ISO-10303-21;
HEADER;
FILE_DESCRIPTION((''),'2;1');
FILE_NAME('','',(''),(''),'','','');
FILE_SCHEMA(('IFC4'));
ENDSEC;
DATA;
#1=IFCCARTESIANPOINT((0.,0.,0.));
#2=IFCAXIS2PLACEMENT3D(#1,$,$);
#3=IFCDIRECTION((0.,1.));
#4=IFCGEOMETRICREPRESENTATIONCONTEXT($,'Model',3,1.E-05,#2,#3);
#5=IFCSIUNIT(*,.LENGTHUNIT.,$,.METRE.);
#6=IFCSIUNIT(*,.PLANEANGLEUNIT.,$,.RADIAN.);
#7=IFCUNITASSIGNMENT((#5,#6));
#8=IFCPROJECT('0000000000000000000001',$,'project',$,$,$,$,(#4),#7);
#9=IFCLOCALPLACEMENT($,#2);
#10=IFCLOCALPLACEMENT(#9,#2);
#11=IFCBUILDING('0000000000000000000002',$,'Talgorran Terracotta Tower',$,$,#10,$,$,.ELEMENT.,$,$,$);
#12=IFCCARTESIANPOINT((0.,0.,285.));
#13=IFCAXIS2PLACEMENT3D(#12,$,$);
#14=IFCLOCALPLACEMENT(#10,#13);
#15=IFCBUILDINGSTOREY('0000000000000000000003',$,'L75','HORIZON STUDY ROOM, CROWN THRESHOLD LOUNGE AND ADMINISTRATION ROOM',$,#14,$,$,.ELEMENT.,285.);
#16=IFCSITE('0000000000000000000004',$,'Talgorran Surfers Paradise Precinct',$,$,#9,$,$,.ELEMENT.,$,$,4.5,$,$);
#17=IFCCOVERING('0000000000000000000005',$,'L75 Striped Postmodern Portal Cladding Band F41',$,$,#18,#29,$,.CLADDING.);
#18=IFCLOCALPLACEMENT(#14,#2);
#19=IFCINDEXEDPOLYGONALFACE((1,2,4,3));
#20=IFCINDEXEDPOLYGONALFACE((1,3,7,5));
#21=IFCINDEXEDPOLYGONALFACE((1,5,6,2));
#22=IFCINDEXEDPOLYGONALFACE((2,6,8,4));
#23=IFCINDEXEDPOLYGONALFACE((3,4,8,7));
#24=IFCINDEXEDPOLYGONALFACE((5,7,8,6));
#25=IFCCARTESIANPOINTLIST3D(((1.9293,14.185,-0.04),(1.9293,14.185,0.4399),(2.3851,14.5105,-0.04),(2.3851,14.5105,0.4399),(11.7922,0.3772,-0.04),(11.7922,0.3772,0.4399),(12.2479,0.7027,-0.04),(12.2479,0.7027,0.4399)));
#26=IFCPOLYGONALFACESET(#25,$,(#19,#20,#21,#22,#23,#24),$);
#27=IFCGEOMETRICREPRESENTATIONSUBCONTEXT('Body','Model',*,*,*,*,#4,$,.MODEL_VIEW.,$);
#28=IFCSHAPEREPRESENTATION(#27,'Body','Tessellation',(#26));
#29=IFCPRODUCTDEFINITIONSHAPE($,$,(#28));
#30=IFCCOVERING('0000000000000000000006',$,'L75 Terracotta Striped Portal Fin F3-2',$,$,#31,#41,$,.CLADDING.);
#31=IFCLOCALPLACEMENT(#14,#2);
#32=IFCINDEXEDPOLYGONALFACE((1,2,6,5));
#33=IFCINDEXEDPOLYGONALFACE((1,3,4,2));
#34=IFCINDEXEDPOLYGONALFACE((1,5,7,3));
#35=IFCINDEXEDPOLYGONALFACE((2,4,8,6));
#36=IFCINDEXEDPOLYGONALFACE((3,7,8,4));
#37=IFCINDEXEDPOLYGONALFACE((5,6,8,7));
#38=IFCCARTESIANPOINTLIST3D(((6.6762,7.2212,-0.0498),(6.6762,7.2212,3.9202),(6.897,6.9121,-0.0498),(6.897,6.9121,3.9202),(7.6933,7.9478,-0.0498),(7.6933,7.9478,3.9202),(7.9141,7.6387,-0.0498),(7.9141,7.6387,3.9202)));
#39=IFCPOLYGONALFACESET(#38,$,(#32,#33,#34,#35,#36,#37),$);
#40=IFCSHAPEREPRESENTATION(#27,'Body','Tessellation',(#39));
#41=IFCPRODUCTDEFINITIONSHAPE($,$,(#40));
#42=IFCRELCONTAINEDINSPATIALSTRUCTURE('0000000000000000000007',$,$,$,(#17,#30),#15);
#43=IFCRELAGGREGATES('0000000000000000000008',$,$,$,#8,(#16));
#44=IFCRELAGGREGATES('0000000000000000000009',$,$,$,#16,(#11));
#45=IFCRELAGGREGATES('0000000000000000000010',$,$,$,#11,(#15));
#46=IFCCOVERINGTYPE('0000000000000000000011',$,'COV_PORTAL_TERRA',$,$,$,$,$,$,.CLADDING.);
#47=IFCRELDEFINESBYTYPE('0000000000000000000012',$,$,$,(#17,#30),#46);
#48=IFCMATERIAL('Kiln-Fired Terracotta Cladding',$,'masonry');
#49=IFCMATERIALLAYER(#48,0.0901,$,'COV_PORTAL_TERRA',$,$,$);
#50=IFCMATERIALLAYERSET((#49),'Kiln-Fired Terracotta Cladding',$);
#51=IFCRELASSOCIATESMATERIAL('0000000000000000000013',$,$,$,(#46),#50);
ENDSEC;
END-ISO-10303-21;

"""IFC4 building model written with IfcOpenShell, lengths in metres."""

from ifc_helpers import new_model, si_unit, direction, frame, origin, origin_2d, place, context, subcontext, project, spatial, rectangle, extrude, material, layer, layer_set, type_object, element, save


model = new_model("IFC4")

# Units and contexts
model_context = context("Model", 3, precision=1e-05, world=origin(), true_north=direction((0.0, 1.0)))
body_context = subcontext(model_context, "Body", "Model", "MODEL_VIEW")
ifc_project = project(units=[si_unit("LENGTHUNIT", "METRE"), si_unit("PLANEANGLEUNIT", "RADIAN")], contexts=[model_context])

# Site, building, storey
site_placement = place(None, origin())
site = spatial("IfcSite", under=ifc_project, at=site_placement, Name="Talgorran Surfers Paradise Precinct", CompositionType="ELEMENT", RefElevation=4.5)
building_placement = place(site_placement, origin())
building = spatial("IfcBuilding", under=site, at=building_placement, Name="Talgorran Terracotta Tower", CompositionType="ELEMENT")
storey_placement = place(building_placement, frame((0.0, 0.0, 285.0)))
storey = spatial("IfcBuildingStorey", under=building, at=storey_placement, Name="L75", Description="HORIZON STUDY ROOM, CROWN THRESHOLD LOUNGE AND ADMINISTRATION ROOM", CompositionType="ELEMENT", Elevation=285.0)

# Coverings
ifc_material_1 = material(Name="Kiln-Fired Terracotta Cladding", Category="masonry")
ifc_layer_1 = layer(ifc_material_1, 0.0901, Name="COV_PORTAL_TERRA")
ifc_layer_set_1 = layer_set([ifc_layer_1], Name="Kiln-Fired Terracotta Cladding")
covering_type_1 = type_object("IfcCoveringType", Name="COV_PORTAL_TERRA", PredefinedType="CLADDING", material=ifc_layer_set_1)
covering_1_placement = place(storey_placement, frame((7.0886, 7.4438, -0.04), z_axis=(0.0, 0.0, 1.0), x_axis=(-0.581243, 0.81373, 0.0)))
element("IfcCovering", 1, at=covering_1_placement, inside=storey, type_object=covering_type_1, Name="L75 Striped Postmodern Portal Cladding Band F41", PredefinedType="CLADDING", context=body_context, shape_type="SweptSolid", body=[
    extrude(rectangle(XDim=16.9685, YDim=0.5601, at=origin_2d()), origin(), (0.0, 0.0, 1.0), 0.48),
])
covering_2_placement = place(storey_placement, frame((7.2952, 7.4299, -0.0498), z_axis=(0.0, 0.0, 1.0), x_axis=(-0.581257, 0.81372, 0.0)))
element("IfcCovering", 2, at=covering_2_placement, inside=storey, type_object=covering_type_1, Name="L75 Terracotta Striped Portal Fin F3-2", PredefinedType="CLADDING", context=body_context, shape_type="SweptSolid", body=[
    extrude(rectangle(XDim=0.3799, YDim=1.25, at=origin_2d()), origin(), (0.0, 0.0, 1.0), 3.97),
])

save(model, "model.ifc")
